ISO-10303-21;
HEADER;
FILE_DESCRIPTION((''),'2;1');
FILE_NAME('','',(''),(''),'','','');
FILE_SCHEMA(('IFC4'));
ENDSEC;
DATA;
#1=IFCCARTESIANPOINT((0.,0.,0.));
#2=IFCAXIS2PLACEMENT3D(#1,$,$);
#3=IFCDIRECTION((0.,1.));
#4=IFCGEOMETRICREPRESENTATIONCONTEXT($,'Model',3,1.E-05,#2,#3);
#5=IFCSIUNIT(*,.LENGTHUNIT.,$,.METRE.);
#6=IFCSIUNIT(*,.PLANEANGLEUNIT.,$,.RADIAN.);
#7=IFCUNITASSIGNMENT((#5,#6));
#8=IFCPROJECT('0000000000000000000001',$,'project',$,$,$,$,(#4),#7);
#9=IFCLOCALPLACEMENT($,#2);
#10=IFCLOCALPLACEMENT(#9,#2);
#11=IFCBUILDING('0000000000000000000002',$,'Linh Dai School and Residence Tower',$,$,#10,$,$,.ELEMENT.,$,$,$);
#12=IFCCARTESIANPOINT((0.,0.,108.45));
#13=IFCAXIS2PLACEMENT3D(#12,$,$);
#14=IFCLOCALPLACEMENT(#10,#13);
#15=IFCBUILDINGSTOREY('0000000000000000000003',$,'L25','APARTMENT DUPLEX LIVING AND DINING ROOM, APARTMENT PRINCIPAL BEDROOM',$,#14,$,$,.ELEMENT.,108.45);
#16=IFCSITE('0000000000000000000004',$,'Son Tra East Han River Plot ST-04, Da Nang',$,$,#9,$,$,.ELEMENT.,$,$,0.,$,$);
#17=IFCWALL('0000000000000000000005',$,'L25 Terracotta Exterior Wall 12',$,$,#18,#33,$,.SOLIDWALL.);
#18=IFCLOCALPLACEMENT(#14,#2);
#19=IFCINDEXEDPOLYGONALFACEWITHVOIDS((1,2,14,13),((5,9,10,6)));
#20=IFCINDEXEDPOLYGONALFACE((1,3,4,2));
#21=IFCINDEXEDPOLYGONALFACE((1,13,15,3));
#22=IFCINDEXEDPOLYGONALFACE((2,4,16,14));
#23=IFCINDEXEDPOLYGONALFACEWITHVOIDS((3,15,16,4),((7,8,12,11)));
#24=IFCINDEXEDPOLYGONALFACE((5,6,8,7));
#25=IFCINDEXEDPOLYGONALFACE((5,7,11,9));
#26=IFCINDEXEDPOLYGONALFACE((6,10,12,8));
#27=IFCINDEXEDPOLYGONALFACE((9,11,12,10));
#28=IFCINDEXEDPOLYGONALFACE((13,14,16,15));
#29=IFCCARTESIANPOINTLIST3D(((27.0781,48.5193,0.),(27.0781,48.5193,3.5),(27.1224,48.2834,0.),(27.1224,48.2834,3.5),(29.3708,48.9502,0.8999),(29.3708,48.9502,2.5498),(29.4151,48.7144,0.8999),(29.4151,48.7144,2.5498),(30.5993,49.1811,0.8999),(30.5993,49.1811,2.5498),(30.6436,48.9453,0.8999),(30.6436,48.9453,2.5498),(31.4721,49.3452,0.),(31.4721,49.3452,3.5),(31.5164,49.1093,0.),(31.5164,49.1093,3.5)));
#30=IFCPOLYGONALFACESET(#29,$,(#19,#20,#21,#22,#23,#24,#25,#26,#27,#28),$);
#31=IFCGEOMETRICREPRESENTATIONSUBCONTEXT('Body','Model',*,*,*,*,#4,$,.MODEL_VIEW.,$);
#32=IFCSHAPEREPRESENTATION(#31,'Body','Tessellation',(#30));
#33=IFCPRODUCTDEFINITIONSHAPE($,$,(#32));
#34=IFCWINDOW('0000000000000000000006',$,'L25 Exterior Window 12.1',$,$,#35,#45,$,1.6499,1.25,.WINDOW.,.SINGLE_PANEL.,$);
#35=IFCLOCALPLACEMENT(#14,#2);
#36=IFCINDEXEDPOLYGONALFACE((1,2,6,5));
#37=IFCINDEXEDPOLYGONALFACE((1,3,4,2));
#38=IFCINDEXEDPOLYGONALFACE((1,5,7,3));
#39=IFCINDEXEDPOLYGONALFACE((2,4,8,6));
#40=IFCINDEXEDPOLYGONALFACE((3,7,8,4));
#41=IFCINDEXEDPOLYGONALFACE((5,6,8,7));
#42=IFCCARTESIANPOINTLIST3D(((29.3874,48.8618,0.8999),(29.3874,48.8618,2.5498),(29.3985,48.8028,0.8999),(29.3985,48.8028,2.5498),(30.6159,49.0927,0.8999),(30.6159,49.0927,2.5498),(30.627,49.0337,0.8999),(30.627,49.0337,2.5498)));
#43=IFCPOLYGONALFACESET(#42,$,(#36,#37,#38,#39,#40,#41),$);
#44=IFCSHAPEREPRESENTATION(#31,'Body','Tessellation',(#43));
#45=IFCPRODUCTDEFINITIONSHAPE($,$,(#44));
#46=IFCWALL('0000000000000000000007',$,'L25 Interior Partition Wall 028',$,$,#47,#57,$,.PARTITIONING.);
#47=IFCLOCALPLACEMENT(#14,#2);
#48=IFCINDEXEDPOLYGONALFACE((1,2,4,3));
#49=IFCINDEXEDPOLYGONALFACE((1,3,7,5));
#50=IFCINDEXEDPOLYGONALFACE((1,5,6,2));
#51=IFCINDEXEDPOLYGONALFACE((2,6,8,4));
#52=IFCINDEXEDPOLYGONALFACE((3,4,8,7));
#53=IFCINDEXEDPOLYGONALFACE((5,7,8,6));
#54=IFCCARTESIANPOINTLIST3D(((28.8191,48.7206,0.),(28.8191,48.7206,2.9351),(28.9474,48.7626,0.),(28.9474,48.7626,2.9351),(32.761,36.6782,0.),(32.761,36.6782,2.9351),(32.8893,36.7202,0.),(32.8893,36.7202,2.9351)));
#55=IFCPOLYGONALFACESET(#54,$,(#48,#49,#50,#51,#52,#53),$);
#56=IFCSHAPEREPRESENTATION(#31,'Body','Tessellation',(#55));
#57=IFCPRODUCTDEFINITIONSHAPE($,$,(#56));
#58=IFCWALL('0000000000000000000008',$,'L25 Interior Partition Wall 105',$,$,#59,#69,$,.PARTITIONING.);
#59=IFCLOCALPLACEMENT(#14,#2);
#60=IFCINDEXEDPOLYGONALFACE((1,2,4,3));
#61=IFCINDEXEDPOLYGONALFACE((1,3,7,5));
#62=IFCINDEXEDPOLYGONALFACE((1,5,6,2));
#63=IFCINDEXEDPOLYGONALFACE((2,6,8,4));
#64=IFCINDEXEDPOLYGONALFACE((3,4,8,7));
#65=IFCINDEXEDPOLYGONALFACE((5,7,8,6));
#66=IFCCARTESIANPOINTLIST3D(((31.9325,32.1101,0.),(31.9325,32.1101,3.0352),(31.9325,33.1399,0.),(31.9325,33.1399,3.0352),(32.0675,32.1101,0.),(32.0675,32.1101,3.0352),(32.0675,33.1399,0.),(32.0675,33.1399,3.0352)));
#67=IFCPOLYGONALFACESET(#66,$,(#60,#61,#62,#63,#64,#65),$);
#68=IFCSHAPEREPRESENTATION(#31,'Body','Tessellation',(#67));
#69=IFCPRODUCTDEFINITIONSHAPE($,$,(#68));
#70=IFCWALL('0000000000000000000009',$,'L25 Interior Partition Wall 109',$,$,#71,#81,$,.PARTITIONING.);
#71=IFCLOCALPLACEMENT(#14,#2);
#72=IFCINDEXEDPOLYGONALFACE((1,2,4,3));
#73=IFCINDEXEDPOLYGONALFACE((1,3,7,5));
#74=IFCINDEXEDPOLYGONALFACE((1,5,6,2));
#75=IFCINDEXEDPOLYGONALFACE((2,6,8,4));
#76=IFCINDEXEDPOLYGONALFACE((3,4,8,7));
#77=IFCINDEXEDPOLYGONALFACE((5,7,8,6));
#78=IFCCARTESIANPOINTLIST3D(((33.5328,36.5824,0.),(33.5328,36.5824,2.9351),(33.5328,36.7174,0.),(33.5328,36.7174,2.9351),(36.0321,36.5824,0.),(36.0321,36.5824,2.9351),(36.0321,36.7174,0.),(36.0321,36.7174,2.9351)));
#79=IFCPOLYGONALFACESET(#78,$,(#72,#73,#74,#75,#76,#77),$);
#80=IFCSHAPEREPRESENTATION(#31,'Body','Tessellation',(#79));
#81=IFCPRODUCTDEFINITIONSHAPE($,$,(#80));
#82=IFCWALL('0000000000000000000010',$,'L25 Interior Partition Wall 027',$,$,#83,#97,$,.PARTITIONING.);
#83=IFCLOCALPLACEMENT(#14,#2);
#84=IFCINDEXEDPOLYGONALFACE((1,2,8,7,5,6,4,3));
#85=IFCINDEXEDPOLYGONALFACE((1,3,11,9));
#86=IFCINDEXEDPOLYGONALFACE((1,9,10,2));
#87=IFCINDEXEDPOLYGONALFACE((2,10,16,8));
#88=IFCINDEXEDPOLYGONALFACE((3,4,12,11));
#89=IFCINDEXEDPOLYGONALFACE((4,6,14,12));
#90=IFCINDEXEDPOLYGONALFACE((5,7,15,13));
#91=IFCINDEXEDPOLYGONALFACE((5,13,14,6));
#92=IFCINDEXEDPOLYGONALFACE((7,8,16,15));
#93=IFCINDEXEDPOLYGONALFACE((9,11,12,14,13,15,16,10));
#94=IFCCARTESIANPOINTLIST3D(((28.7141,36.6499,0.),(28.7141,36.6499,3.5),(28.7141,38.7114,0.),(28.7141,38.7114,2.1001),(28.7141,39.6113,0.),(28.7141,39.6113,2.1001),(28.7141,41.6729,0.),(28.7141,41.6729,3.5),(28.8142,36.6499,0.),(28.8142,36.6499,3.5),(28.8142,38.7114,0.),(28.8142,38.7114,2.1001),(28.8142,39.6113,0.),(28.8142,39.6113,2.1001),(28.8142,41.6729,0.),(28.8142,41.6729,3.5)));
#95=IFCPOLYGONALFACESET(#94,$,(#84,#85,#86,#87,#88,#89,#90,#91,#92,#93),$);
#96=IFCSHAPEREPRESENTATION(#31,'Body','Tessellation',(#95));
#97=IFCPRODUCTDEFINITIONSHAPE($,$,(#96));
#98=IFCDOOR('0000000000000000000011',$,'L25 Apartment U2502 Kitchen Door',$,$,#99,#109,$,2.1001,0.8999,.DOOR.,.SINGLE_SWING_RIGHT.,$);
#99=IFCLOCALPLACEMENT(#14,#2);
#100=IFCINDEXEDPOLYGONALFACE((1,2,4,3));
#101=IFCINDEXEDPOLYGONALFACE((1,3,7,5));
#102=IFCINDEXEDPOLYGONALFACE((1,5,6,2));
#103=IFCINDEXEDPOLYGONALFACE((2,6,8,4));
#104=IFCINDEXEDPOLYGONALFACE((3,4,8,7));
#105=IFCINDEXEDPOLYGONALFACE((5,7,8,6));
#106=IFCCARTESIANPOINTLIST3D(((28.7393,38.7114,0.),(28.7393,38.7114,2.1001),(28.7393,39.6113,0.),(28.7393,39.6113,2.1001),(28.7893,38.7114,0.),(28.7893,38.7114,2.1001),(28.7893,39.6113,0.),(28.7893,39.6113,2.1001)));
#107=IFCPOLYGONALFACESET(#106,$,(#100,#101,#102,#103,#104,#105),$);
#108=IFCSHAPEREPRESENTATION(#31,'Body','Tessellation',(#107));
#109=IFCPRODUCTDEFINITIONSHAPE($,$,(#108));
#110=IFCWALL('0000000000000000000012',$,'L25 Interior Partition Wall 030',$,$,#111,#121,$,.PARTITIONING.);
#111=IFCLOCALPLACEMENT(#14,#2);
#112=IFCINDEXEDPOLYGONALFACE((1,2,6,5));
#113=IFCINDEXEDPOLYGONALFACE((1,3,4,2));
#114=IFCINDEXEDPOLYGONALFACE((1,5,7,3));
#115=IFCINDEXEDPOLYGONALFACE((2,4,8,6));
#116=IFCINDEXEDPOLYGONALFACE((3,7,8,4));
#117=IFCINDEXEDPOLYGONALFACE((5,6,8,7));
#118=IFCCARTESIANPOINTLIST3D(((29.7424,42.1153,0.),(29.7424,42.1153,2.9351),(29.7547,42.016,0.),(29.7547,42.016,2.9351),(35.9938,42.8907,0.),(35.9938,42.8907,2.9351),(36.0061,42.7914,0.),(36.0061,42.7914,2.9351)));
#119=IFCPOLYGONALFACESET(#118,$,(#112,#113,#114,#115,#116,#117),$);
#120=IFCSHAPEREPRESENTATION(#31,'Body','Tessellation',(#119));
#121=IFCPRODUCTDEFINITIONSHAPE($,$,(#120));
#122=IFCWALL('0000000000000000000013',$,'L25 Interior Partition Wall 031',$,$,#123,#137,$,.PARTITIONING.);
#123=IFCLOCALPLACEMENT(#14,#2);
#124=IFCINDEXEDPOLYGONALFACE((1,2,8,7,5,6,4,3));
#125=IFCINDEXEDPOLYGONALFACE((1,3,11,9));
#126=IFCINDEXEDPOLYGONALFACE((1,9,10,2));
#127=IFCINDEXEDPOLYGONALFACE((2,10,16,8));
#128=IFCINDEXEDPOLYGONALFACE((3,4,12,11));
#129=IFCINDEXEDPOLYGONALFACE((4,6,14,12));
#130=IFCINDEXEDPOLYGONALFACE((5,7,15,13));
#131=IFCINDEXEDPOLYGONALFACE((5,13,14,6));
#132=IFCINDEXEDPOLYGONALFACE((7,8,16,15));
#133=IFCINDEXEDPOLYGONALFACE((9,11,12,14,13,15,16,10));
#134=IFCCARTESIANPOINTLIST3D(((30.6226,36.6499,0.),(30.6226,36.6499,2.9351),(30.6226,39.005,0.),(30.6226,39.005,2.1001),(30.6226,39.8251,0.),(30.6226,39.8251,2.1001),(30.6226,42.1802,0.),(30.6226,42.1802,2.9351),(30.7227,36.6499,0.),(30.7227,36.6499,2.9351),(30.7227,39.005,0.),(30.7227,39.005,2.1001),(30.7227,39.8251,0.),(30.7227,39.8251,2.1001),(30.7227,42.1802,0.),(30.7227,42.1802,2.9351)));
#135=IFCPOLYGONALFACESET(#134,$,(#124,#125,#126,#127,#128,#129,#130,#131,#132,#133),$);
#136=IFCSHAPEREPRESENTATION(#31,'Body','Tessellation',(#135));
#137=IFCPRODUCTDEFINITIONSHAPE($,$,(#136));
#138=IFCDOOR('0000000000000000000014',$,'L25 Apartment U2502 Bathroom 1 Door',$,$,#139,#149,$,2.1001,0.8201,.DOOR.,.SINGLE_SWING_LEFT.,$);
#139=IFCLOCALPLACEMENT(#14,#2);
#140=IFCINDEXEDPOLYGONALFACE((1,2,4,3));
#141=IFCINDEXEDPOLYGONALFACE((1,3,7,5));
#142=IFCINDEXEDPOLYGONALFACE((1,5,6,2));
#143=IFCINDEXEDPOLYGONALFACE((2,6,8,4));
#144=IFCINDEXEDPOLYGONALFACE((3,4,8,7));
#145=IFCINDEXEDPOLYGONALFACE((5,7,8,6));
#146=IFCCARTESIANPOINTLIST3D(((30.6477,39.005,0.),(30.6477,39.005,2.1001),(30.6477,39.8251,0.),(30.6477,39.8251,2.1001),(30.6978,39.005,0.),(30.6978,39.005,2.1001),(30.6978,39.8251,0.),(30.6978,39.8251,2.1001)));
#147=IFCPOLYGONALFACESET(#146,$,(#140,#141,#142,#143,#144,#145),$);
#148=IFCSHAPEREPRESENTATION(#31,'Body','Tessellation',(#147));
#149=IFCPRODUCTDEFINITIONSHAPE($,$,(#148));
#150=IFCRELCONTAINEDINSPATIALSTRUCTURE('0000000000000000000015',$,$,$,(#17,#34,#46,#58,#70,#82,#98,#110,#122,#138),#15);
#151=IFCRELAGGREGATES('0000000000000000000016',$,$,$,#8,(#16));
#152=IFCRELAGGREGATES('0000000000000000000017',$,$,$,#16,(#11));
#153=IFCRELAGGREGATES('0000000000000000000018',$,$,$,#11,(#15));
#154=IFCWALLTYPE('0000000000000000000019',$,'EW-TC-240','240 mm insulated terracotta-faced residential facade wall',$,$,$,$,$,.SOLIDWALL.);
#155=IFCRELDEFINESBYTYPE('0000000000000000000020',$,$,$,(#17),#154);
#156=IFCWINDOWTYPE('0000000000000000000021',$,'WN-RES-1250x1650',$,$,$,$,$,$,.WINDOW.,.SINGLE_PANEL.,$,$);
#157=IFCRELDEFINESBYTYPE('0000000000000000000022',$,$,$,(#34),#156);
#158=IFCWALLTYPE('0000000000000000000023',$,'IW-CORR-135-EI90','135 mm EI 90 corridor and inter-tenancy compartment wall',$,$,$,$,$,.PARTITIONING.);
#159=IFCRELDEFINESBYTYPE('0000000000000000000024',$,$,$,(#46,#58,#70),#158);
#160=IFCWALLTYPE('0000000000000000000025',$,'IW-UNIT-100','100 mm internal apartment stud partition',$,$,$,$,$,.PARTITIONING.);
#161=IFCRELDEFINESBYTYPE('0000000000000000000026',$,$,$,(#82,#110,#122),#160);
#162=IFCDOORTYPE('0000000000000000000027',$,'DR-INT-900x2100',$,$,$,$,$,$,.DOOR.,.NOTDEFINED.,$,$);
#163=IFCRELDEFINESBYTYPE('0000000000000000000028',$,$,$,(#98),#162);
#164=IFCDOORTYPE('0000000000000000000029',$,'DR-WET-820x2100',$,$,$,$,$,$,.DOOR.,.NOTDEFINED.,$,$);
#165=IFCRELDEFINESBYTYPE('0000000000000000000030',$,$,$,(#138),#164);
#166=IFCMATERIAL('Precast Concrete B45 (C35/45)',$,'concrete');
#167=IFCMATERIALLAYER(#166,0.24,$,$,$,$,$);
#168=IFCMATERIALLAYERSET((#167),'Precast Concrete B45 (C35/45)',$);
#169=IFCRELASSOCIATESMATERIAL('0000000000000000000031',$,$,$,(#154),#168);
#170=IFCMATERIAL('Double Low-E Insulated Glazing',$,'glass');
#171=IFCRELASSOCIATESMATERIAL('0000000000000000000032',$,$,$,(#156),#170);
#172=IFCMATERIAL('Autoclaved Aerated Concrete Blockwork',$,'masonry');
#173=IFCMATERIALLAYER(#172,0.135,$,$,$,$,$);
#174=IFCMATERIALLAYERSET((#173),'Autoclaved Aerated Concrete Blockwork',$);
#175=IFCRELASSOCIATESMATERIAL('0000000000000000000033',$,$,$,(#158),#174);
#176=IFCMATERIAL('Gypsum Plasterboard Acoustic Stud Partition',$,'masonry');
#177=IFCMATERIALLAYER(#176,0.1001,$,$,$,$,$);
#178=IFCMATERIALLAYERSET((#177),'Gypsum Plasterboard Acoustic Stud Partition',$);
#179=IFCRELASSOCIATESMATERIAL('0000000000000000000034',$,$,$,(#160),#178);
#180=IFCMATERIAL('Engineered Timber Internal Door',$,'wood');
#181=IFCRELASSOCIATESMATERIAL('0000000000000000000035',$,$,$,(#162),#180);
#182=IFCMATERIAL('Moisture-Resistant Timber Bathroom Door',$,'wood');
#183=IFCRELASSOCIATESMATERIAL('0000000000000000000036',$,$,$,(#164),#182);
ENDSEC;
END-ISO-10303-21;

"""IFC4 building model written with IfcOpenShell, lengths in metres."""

from ifc_helpers import new_model, si_unit, direction, frame, frame_2d, origin, origin_2d, place, context, subcontext, project, spatial, rectangle, extrude, source, transform, mapped, material, layer, layer_set, type_object, element, fill, save


model = new_model("IFC4")

# Units and contexts
model_context = context("Model", 3, precision=1e-05, world=origin(), true_north=direction((0.0, 1.0)))
body_context = subcontext(model_context, "Body", "Model", "MODEL_VIEW")
ifc_project = project(units=[si_unit("LENGTHUNIT", "METRE"), si_unit("PLANEANGLEUNIT", "RADIAN")], contexts=[model_context])

# Site, building, storey
site_placement = place(None, origin())
site = spatial("IfcSite", under=ifc_project, at=site_placement, Name="Son Tra East Han River Plot ST-04, Da Nang", CompositionType="ELEMENT", RefElevation=0.0)
building_placement = place(site_placement, origin())
building = spatial("IfcBuilding", under=site, at=building_placement, Name="Linh Dai School and Residence Tower", CompositionType="ELEMENT")
storey_placement = place(building_placement, frame((0.0, 0.0, 108.45)))
storey = spatial("IfcBuildingStorey", under=building, at=storey_placement, Name="L25", Description="APARTMENT DUPLEX LIVING AND DINING ROOM, APARTMENT PRINCIPAL BEDROOM", CompositionType="ELEMENT", Elevation=108.45)

# Wall, opening, window
ifc_material_1 = material(Name="Precast Concrete B45 (C35/45)", Category="concrete")
ifc_layer_1 = layer(ifc_material_1, 0.24)
ifc_layer_set_1 = layer_set([ifc_layer_1], Name="Precast Concrete B45 (C35/45)")
wall_type_1 = type_object("IfcWallType", Name="EW-TC-240", Description="240 mm insulated terracotta-faced residential facade wall", PredefinedType="SOLIDWALL", material=ifc_layer_set_1)
ifc_material_2 = material(Name="Double Low-E Insulated Glazing", Category="glass")
wall_1_placement = place(storey_placement, frame((27.1003, 48.4014, 0.0), z_axis=(0.0, 0.0, 1.0), x_axis=(0.982789, 0.18473, 0.0)))
wall_1 = element("IfcWall", 1, at=wall_1_placement, inside=storey, type_object=wall_type_1, Name="L25 Terracotta Exterior Wall 12", PredefinedType="SOLIDWALL", context=body_context, shape_type="SweptSolid", body=[
    extrude(rectangle(XDim=4.4709, YDim=0.24, at=frame_2d((2.2354, 0.0))), origin(), (0.0, 0.0, 1.0), 3.5),
])
opening_1_placement = place(wall_1_placement, frame((2.3328, 0.0, 0.8999)))
opening_1 = element("IfcOpeningElement", 2, at=opening_1_placement, cuts=wall_1, PredefinedType="OPENING", context=body_context, shape_type="SweptSolid", body=[
    extrude(rectangle(XDim=1.25, YDim=1.6499, at=origin_2d()), frame((0.625, 0.1299, 0.825), z_axis=(0.0, -1.0, 0.0), x_axis=(1.0, 0.0, 0.0)), (0.0, 0.0, 1.0), 0.26),
])
window_type_1 = type_object("IfcWindowType", Name="WN-RES-1250x1650", PartitioningType="SINGLE_PANEL", PredefinedType="WINDOW", material=ifc_material_2)
shared_shape_1 = source(origin(), body_context, "Body", "SweptSolid", [
    extrude(rectangle(XDim=1.25, YDim=1.6499, at=origin_2d()), frame((0.625, 0.03, 0.825), z_axis=(0.0, -1.0, 0.0), x_axis=(1.0, 0.0, 0.0)), (0.0, 0.0, 1.0), 0.0601),
])
window_1_placement = place(opening_1_placement, origin())
window_1 = element("IfcWindow", 3, at=window_1_placement, inside=storey, type_object=window_type_1, Name="L25 Exterior Window 12.1", OverallHeight=1.6499, OverallWidth=1.25, PartitioningType="SINGLE_PANEL", PredefinedType="WINDOW", context=body_context, shape_type="MappedRepresentation", body=[
    mapped(shared_shape_1, transform((0.0, 0.0, 0.0), x_axis=(1.0, 0.0, 0.0), y_axis=(0.0, 1.0, 0.0), z_axis=(0.0, 0.0, 1.0), scale=1.0)),
])
fill(opening_1, window_1)

# Walls
ifc_material_3 = material(Name="Autoclaved Aerated Concrete Blockwork", Category="masonry")
ifc_layer_2 = layer(ifc_material_3, 0.135)
ifc_layer_set_2 = layer_set([ifc_layer_2], Name="Autoclaved Aerated Concrete Blockwork")
wall_type_2 = type_object("IfcWallType", Name="IW-CORR-135-EI90", Description="135 mm EI 90 corridor and inter-tenancy compartment wall", PredefinedType="PARTITIONING", material=ifc_layer_set_2)
wall_2_placement = place(storey_placement, frame((28.8833, 48.7415, 0.0), z_axis=(0.0, 0.0, 1.0), x_axis=(0.31109, -0.95038, 0.0)))
element("IfcWall", 4, at=wall_2_placement, inside=storey, type_object=wall_type_2, Name="L25 Interior Partition Wall 028", PredefinedType="PARTITIONING", context=body_context, shape_type="SweptSolid", body=[
    extrude(rectangle(XDim=12.6711, YDim=0.135, at=frame_2d((6.3354, 0.0))), origin(), (0.0, 0.0, 1.0), 2.9351),
])
wall_3_placement = place(storey_placement, frame((32.0, 33.1399, 0.0), z_axis=(0.0, 0.0, 1.0), x_axis=(0.0, -1.0, 0.0)))
element("IfcWall", 5, at=wall_3_placement, inside=storey, type_object=wall_type_2, Name="L25 Interior Partition Wall 105", PredefinedType="PARTITIONING", context=body_context, shape_type="SweptSolid", body=[
    extrude(rectangle(XDim=1.0298, YDim=0.135, at=frame_2d((0.5149, 0.0))), origin(), (0.0, 0.0, 1.0), 3.0352),
])
wall_4_placement = place(storey_placement, frame((33.533, 36.6499, 0.0), z_axis=(0.0, 0.0, 1.0), x_axis=(1.0, 0.0, 0.0)))
element("IfcWall", 6, at=wall_4_placement, inside=storey, type_object=wall_type_2, Name="L25 Interior Partition Wall 109", PredefinedType="PARTITIONING", context=body_context, shape_type="SweptSolid", body=[
    extrude(rectangle(XDim=2.4993, YDim=0.135, at=frame_2d((1.2495, 0.0))), origin(), (0.0, 0.0, 1.0), 2.9351),
])

# Wall, opening, door
ifc_material_4 = material(Name="Gypsum Plasterboard Acoustic Stud Partition", Category="masonry")
ifc_layer_3 = layer(ifc_material_4, 0.1001)
ifc_layer_set_3 = layer_set([ifc_layer_3], Name="Gypsum Plasterboard Acoustic Stud Partition")
wall_type_3 = type_object("IfcWallType", Name="IW-UNIT-100", Description="100 mm internal apartment stud partition", PredefinedType="PARTITIONING", material=ifc_layer_set_3)
wall_5_placement = place(storey_placement, frame((28.7642, 36.6499, 0.0), z_axis=(0.0, 0.0, 1.0), x_axis=(0.0, 1.0, 0.0)))
wall_5 = element("IfcWall", 7, at=wall_5_placement, inside=storey, type_object=wall_type_3, Name="L25 Interior Partition Wall 027", PredefinedType="PARTITIONING", context=body_context, shape_type="SweptSolid", body=[
    extrude(rectangle(XDim=5.0229, YDim=0.1001, at=frame_2d((2.5115, 0.0))), origin(), (0.0, 0.0, 1.0), 3.5),
])
opening_2_placement = place(wall_5_placement, frame((2.0615, 0.0, 0.0)))
opening_2 = element("IfcOpeningElement", 8, at=opening_2_placement, cuts=wall_5, PredefinedType="OPENING", context=body_context, shape_type="SweptSolid", body=[
    extrude(rectangle(XDim=0.8999, YDim=2.1001, at=origin_2d()), frame((0.45, 0.0601, 1.05), z_axis=(0.0, -1.0, 0.0), x_axis=(1.0, 0.0, 0.0)), (0.0, 0.0, 1.0), 0.1201),
])
ifc_material_5 = material(Name="Engineered Timber Internal Door", Category="wood")
door_type_1 = type_object("IfcDoorType", Name="DR-INT-900x2100", OperationType="NOTDEFINED", PredefinedType="DOOR", material=ifc_material_5)
shared_shape_2 = source(origin(), body_context, "Body", "SweptSolid", [
    extrude(rectangle(XDim=0.8999, YDim=2.1001, at=origin_2d()), frame((0.45, 0.0249, 1.05), z_axis=(0.0, -1.0, 0.0), x_axis=(1.0, 0.0, 0.0)), (0.0, 0.0, 1.0), 0.05),
])
door_1_placement = place(opening_2_placement, origin())
door_1 = element("IfcDoor", 9, at=door_1_placement, inside=storey, type_object=door_type_1, Name="L25 Apartment U2502 Kitchen Door", OperationType="SINGLE_SWING_RIGHT", OverallHeight=2.1001, OverallWidth=0.8999, PredefinedType="DOOR", context=body_context, shape_type="MappedRepresentation", body=[
    mapped(shared_shape_2, transform((0.0, 0.0, 0.0), x_axis=(1.0, 0.0, 0.0), y_axis=(0.0, 1.0, 0.0), z_axis=(0.0, 0.0, 1.0), scale=1.0)),
])
fill(opening_2, door_1)

# Wall
wall_6_placement = place(storey_placement, frame((29.7485, 42.0657, 0.0), z_axis=(0.0, 0.0, 1.0), x_axis=(0.992395, 0.12309, 0.0)))
element("IfcWall", 10, at=wall_6_placement, inside=storey, type_object=wall_type_3, Name="L25 Interior Partition Wall 030", PredefinedType="PARTITIONING", context=body_context, shape_type="SweptSolid", body=[
    extrude(rectangle(XDim=6.2993, YDim=0.1001, at=frame_2d((3.1497, 0.0))), origin(), (0.0, 0.0, 1.0), 2.9351),
])

# Wall, opening, door
wall_7_placement = place(storey_placement, frame((30.6726, 36.6499, 0.0), z_axis=(0.0, 0.0, 1.0), x_axis=(0.0, 1.0, 0.0)))
wall_7 = element("IfcWall", 11, at=wall_7_placement, inside=storey, type_object=wall_type_3, Name="L25 Interior Partition Wall 031", PredefinedType="PARTITIONING", context=body_context, shape_type="SweptSolid", body=[
    extrude(rectangle(XDim=5.5303, YDim=0.1001, at=frame_2d((2.7651, 0.0))), origin(), (0.0, 0.0, 1.0), 2.9351),
])
opening_3_placement = place(wall_7_placement, frame((2.355, 0.0, 0.0)))
opening_3 = element("IfcOpeningElement", 12, at=opening_3_placement, cuts=wall_7, PredefinedType="OPENING", context=body_context, shape_type="SweptSolid", body=[
    extrude(rectangle(XDim=0.8201, YDim=2.1001, at=origin_2d()), frame((0.4102, 0.0601, 1.05), z_axis=(0.0, -1.0, 0.0), x_axis=(1.0, 0.0, 0.0)), (0.0, 0.0, 1.0), 0.1201),
])
ifc_material_6 = material(Name="Moisture-Resistant Timber Bathroom Door", Category="wood")
door_type_2 = type_object("IfcDoorType", Name="DR-WET-820x2100", OperationType="NOTDEFINED", PredefinedType="DOOR", material=ifc_material_6)
shared_shape_3 = source(origin(), body_context, "Body", "SweptSolid", [
    extrude(rectangle(XDim=0.8201, YDim=2.1001, at=origin_2d()), frame((0.4102, 0.0249, 1.05), z_axis=(0.0, -1.0, 0.0), x_axis=(1.0, 0.0, 0.0)), (0.0, 0.0, 1.0), 0.05),
])
door_2_placement = place(opening_3_placement, origin())
door_2 = element("IfcDoor", 13, at=door_2_placement, inside=storey, type_object=door_type_2, Name="L25 Apartment U2502 Bathroom 1 Door", OperationType="SINGLE_SWING_LEFT", OverallHeight=2.1001, OverallWidth=0.8201, PredefinedType="DOOR", context=body_context, shape_type="MappedRepresentation", body=[
    mapped(shared_shape_3, transform((0.0, 0.0, 0.0), x_axis=(1.0, 0.0, 0.0), y_axis=(0.0, 1.0, 0.0), z_axis=(0.0, 0.0, 1.0), scale=1.0)),
])
fill(opening_3, door_2)

save(model, "model.ifc")
